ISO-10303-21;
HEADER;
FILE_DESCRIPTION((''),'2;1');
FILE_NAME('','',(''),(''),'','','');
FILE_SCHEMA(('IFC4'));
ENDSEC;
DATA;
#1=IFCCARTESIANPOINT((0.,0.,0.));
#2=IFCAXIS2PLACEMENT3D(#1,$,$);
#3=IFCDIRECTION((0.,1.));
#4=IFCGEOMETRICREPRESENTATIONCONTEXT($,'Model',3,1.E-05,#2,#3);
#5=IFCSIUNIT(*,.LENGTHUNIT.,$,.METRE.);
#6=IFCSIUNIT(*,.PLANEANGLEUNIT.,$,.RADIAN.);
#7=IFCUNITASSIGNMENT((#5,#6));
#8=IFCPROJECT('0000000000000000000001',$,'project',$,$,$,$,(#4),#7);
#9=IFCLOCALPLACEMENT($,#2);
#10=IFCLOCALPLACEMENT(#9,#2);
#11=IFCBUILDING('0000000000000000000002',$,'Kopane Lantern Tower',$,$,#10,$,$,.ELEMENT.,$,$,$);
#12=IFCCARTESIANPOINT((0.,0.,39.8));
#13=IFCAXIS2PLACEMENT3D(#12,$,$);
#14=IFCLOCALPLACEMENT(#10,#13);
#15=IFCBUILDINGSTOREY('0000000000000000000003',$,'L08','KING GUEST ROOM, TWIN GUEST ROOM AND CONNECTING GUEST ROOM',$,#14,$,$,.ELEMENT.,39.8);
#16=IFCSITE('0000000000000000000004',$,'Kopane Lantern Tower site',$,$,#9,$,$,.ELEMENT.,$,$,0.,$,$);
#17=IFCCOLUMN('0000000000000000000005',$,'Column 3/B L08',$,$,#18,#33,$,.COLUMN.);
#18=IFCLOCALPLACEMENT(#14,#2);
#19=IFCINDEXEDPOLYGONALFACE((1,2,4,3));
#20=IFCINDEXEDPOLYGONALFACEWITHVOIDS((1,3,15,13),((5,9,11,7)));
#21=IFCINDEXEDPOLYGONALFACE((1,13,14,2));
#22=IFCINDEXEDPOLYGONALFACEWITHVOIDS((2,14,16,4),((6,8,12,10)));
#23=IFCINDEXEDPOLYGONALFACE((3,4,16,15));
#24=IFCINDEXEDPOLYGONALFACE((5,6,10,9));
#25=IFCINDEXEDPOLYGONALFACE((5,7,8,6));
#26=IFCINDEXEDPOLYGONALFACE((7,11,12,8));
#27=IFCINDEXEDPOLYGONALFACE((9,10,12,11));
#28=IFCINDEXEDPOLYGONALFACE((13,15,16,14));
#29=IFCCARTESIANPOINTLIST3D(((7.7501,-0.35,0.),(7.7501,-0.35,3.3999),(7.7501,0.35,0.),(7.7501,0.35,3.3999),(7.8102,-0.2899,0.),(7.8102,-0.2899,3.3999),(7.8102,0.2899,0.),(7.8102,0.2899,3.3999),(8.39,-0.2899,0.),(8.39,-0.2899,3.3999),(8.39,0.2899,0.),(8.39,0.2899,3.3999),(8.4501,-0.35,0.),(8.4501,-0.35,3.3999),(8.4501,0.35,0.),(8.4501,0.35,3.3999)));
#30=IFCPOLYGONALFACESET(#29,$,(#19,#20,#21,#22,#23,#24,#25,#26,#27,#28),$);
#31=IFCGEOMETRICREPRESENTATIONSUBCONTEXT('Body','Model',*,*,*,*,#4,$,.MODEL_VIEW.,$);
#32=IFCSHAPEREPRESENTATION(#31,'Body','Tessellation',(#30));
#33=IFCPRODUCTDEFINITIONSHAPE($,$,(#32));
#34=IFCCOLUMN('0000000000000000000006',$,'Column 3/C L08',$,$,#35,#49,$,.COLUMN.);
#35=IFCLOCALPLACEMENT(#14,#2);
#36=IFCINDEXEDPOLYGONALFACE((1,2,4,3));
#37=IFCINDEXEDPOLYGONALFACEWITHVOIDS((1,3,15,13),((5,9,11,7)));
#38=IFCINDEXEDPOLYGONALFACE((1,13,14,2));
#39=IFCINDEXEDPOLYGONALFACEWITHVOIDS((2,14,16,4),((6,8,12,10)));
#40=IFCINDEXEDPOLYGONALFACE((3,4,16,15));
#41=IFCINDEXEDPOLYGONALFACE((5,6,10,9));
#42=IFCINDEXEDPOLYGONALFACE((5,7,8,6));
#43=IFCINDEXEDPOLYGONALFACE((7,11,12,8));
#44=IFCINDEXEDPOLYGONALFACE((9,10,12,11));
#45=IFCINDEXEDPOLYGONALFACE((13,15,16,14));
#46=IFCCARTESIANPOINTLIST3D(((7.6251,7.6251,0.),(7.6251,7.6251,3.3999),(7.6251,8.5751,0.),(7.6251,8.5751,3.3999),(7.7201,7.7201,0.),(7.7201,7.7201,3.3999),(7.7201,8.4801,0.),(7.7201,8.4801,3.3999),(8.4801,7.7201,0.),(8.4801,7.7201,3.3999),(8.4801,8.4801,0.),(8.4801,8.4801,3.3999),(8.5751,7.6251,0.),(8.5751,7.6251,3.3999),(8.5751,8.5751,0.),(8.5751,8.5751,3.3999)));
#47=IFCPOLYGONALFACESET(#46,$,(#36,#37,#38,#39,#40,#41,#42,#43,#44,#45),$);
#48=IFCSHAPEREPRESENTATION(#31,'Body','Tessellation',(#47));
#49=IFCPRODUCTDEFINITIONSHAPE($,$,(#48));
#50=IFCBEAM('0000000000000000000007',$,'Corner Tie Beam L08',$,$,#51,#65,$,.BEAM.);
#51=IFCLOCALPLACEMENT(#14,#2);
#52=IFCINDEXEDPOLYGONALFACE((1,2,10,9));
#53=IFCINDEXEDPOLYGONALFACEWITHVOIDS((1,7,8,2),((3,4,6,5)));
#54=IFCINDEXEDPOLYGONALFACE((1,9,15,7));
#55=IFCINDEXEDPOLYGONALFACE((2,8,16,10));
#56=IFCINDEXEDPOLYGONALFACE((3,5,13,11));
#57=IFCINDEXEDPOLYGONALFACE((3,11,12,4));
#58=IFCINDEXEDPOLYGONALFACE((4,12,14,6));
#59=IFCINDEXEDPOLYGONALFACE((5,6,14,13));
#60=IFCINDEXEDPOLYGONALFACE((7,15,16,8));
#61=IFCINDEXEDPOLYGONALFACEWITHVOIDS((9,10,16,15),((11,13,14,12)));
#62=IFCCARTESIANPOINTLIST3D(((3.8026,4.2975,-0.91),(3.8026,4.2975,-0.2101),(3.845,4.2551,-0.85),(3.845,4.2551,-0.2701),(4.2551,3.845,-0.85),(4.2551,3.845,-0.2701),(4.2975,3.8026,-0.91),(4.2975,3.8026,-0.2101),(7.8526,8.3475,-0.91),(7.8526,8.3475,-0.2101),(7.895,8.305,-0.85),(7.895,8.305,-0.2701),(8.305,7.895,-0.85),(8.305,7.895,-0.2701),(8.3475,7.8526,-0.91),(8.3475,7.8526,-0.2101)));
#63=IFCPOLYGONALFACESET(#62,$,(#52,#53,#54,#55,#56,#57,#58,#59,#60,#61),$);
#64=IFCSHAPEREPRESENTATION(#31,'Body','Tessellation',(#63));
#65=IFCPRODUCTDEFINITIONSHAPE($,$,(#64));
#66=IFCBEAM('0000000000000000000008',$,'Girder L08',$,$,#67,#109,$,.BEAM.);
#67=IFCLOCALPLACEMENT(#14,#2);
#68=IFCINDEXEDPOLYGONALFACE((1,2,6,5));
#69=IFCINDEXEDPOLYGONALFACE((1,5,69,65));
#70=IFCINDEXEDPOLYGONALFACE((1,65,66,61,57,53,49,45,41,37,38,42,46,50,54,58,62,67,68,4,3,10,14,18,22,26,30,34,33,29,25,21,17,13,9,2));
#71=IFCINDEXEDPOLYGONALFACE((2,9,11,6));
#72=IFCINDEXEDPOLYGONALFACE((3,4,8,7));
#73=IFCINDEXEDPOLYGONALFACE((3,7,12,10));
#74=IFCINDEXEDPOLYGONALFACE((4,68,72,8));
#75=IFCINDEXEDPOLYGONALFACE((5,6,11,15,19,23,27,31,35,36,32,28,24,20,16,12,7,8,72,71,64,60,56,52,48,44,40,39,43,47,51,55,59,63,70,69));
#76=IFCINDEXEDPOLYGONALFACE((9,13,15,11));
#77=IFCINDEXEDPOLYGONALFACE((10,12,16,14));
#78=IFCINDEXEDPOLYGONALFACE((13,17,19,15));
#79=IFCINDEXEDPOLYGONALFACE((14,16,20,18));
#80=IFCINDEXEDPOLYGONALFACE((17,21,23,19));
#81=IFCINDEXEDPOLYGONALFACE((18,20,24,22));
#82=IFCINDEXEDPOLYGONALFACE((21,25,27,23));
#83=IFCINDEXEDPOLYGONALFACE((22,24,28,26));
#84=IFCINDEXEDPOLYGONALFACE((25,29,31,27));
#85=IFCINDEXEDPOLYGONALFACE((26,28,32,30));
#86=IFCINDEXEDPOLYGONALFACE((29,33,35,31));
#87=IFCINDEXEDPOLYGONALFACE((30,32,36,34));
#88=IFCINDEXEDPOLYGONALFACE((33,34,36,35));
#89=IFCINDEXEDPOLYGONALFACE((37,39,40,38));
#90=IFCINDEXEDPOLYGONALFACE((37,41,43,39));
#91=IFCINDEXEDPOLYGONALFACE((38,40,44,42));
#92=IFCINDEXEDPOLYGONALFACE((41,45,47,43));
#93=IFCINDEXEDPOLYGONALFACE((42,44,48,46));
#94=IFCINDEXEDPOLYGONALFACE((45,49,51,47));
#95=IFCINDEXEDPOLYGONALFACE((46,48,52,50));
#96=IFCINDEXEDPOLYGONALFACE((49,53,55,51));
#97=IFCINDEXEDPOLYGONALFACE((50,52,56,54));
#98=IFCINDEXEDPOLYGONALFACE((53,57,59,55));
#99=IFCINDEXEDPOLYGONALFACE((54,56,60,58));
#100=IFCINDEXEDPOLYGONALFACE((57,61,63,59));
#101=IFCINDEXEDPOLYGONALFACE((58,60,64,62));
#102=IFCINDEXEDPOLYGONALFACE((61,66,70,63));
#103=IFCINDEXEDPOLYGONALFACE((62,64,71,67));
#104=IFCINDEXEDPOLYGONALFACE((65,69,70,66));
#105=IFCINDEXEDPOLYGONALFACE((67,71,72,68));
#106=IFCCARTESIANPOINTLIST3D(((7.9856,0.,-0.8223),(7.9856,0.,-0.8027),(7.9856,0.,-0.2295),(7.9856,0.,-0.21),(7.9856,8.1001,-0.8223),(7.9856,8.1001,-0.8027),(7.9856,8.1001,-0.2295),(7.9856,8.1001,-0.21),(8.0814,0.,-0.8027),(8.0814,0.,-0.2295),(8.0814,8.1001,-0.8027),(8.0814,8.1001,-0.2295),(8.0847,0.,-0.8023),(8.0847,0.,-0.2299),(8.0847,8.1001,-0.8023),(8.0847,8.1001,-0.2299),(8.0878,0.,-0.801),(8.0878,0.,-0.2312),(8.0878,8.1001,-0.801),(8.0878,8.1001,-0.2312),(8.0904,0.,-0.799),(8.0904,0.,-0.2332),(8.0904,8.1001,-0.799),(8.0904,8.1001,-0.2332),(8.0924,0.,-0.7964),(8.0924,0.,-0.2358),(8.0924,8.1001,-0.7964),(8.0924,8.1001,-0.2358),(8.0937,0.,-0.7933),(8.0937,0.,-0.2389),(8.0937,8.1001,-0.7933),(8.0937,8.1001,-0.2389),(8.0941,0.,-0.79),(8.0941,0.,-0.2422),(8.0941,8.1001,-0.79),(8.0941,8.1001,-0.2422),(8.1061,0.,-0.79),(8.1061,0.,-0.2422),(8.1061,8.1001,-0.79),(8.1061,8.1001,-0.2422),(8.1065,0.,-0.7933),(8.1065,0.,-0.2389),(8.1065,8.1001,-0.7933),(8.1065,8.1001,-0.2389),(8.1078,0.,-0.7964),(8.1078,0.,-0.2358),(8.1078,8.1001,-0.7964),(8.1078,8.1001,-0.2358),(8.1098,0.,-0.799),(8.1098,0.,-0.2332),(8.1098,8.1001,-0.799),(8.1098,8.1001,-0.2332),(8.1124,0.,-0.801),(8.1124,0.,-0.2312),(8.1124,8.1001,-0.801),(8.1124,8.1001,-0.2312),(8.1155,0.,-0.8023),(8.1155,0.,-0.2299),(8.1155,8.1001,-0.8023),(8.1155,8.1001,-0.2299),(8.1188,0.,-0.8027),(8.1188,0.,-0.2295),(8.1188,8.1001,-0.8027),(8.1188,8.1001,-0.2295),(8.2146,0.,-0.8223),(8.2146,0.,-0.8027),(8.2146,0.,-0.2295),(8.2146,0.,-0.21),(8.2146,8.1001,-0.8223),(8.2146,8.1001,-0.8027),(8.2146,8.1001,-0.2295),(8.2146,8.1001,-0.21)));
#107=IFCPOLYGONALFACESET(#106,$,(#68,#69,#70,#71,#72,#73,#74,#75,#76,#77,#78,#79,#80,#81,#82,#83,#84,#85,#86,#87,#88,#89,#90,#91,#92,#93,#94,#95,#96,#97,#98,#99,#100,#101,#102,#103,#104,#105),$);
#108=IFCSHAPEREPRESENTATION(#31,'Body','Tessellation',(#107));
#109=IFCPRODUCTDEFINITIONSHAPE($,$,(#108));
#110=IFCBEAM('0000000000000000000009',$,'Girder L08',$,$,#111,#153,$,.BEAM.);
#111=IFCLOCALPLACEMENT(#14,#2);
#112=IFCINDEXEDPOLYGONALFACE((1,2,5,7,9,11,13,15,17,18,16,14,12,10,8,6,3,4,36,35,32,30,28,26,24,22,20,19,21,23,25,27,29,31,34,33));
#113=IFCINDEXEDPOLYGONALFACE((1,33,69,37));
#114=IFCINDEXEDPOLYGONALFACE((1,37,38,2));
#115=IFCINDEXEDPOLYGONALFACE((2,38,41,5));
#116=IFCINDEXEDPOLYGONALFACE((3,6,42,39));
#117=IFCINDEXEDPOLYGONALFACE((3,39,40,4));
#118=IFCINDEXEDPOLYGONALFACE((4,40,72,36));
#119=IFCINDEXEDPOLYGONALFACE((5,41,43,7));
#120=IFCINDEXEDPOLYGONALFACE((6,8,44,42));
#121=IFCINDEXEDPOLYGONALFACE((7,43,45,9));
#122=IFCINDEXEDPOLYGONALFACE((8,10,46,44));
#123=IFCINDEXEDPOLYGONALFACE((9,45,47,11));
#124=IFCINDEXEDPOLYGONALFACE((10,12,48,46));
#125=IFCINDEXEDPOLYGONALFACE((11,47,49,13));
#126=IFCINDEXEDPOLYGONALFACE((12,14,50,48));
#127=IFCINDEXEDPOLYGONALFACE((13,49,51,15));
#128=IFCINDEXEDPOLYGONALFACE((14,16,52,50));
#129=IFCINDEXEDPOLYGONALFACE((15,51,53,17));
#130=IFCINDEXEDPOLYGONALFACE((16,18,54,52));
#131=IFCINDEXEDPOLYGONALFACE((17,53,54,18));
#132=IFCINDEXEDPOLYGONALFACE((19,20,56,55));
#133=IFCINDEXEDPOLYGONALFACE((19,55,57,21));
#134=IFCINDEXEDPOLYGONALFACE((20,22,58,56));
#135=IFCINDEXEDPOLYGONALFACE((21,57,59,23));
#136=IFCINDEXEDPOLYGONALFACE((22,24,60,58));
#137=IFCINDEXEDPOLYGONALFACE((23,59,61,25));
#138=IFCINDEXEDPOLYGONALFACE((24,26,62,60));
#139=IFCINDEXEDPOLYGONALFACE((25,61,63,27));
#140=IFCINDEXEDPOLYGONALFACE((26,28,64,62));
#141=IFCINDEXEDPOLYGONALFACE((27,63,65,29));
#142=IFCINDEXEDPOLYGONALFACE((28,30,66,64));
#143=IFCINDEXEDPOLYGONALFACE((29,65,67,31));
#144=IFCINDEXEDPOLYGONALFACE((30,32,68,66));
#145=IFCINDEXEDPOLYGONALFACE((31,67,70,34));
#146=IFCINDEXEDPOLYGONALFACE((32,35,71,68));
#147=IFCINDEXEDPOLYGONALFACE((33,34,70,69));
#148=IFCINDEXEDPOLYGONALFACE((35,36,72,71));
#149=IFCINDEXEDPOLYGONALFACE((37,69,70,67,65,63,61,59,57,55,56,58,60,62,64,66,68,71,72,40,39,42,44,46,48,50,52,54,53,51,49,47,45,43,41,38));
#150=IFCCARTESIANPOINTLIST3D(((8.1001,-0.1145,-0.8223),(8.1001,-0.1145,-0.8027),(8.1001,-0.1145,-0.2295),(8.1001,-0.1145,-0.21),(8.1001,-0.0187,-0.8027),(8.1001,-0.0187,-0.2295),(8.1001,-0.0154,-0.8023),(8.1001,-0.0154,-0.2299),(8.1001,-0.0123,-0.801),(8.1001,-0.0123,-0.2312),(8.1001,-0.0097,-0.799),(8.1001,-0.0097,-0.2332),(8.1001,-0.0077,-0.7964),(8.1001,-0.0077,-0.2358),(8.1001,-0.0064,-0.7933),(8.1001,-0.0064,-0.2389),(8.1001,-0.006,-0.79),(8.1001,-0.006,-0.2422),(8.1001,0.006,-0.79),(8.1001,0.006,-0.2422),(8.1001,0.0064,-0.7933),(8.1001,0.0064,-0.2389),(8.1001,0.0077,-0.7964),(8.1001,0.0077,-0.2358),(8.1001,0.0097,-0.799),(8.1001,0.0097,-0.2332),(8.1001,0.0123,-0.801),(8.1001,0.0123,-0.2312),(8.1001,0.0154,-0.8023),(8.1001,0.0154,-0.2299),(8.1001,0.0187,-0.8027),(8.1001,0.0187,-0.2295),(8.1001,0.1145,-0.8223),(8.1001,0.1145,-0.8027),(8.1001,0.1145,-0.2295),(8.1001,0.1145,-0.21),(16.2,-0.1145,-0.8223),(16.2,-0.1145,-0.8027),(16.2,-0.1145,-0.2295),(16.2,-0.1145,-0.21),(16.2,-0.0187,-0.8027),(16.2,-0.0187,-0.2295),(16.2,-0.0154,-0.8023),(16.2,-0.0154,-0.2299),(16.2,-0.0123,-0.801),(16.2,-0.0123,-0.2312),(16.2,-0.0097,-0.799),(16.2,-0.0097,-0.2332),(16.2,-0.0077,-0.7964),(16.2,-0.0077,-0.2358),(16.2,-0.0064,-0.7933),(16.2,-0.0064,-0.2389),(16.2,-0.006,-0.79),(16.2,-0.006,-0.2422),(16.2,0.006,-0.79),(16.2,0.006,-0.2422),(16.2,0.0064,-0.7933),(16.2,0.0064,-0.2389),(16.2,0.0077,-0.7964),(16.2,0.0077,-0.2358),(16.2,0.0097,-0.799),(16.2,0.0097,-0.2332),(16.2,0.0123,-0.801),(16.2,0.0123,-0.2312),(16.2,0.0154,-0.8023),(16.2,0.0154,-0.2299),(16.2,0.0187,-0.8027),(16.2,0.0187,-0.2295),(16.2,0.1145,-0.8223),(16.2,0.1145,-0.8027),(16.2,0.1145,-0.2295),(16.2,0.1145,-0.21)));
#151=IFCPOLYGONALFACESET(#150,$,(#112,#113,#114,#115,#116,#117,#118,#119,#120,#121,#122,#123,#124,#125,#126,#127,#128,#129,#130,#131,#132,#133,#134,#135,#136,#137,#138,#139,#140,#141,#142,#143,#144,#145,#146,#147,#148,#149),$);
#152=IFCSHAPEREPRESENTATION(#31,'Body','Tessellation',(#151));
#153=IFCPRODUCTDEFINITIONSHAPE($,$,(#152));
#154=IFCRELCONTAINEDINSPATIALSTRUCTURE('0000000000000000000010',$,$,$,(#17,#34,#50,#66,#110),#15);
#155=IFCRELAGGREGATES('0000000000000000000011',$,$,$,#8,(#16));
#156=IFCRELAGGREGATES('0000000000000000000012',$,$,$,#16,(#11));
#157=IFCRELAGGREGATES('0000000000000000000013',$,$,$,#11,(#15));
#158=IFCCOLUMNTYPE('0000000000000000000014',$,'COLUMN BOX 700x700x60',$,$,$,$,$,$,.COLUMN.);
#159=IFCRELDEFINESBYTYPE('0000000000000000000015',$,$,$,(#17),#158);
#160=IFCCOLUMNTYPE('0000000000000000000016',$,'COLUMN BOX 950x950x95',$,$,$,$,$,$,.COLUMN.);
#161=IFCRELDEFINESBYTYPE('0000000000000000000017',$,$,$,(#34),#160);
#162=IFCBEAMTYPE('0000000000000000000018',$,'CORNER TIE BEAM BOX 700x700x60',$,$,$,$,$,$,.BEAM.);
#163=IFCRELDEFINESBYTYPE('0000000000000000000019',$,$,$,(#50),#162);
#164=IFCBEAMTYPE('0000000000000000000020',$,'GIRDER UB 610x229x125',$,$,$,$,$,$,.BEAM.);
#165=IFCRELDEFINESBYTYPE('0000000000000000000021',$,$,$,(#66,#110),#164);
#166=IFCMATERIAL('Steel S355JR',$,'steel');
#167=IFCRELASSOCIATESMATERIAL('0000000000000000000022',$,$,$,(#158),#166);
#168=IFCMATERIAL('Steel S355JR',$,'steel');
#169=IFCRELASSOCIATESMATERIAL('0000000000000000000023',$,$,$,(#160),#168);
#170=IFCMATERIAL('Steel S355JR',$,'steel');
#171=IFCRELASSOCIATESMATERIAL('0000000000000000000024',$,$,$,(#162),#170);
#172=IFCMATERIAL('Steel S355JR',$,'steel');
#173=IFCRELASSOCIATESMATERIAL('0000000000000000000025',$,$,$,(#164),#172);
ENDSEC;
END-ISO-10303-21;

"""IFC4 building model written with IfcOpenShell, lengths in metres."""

from ifc_helpers import new_model, si_unit, direction, frame, origin, origin_2d, place, context, subcontext, project, spatial, hollow_rectangle, i_section, extrude, material, material_profile, profile_set, type_object, element, save


model = new_model("IFC4")

# Units and contexts
model_context = context("Model", 3, precision=1e-05, world=origin(), true_north=direction((0.0, 1.0)))
body_context = subcontext(model_context, "Body", "Model", "MODEL_VIEW")
ifc_project = project(units=[si_unit("LENGTHUNIT", "METRE"), si_unit("PLANEANGLEUNIT", "RADIAN")], contexts=[model_context])

# Site, building, storey
site_placement = place(None, origin())
site = spatial("IfcSite", under=ifc_project, at=site_placement, Name="Kopane Lantern Tower site", CompositionType="ELEMENT", RefElevation=0.0)
building_placement = place(site_placement, origin())
building = spatial("IfcBuilding", under=site, at=building_placement, Name="Kopane Lantern Tower", CompositionType="ELEMENT")
storey_placement = place(building_placement, frame((0.0, 0.0, 39.8)))
storey = spatial("IfcBuildingStorey", under=building, at=storey_placement, Name="L08", Description="KING GUEST ROOM, TWIN GUEST ROOM AND CONNECTING GUEST ROOM", CompositionType="ELEMENT", Elevation=39.8)

# Columns
ifc_material_1 = material(Name="Steel S355JR", Category="steel")
ifc_material_profile_1 = material_profile(ifc_material_1, hollow_rectangle(XDim=0.7, YDim=0.7, WallThickness=0.0601, at=origin_2d()), Name="BOX 700x700x60")
ifc_profile_set_1 = profile_set([ifc_material_profile_1], Name="Steel S355JR")
column_type_1 = type_object("IfcColumnType", Name="COLUMN BOX 700x700x60", PredefinedType="COLUMN", material=ifc_profile_set_1)
column_1_placement = place(storey_placement, frame((8.1001, 0.0, 0.0), z_axis=(0.0, 0.0, 1.0), x_axis=(1.0, 0.0, 0.0)))
element("IfcColumn", 1, at=column_1_placement, inside=storey, type_object=column_type_1, Name="Column 3/B L08", PredefinedType="COLUMN", context=body_context, shape_type="SweptSolid", body=[
    extrude(hollow_rectangle(XDim=0.7, YDim=0.7, WallThickness=0.0601, at=origin_2d()), origin(), (0.0, 0.0, 1.0), 3.3999),
])
ifc_material_2 = material(Name="Steel S355JR", Category="steel")
ifc_material_profile_2 = material_profile(ifc_material_2, hollow_rectangle(XDim=0.95, YDim=0.95, WallThickness=0.095, at=origin_2d()), Name="BOX 950x950x95")
ifc_profile_set_2 = profile_set([ifc_material_profile_2], Name="Steel S355JR")
column_type_2 = type_object("IfcColumnType", Name="COLUMN BOX 950x950x95", PredefinedType="COLUMN", material=ifc_profile_set_2)
column_2_placement = place(storey_placement, frame((8.1001, 8.1001, 0.0), z_axis=(0.0, 0.0, 1.0), x_axis=(1.0, 0.0, 0.0)))
element("IfcColumn", 2, at=column_2_placement, inside=storey, type_object=column_type_2, Name="Column 3/C L08", PredefinedType="COLUMN", context=body_context, shape_type="SweptSolid", body=[
    extrude(hollow_rectangle(XDim=0.95, YDim=0.95, WallThickness=0.095, at=origin_2d()), origin(), (0.0, 0.0, 1.0), 3.3999),
])

# Beams
ifc_material_3 = material(Name="Steel S355JR", Category="steel")
ifc_material_profile_3 = material_profile(ifc_material_3, hollow_rectangle(XDim=0.7, YDim=0.7, WallThickness=0.0601, at=origin_2d()), Name="BOX 700x700x60")
ifc_profile_set_3 = profile_set([ifc_material_profile_3], Name="Steel S355JR")
beam_type_1 = type_object("IfcBeamType", Name="CORNER TIE BEAM BOX 700x700x60", PredefinedType="BEAM", material=ifc_profile_set_3)
beam_1_placement = place(storey_placement, frame((4.05, 4.05, -0.5601), z_axis=(0.707107, 0.707107, 0.0), x_axis=(-0.707107, 0.707107, 0.0)))
element("IfcBeam", 3, at=beam_1_placement, inside=storey, type_object=beam_type_1, Name="Corner Tie Beam L08", PredefinedType="BEAM", context=body_context, shape_type="SweptSolid", body=[
    extrude(hollow_rectangle(XDim=0.7, YDim=0.7, WallThickness=0.0601, at=origin_2d()), origin(), (0.0, 0.0, 1.0), 5.7275),
])
ifc_material_4 = material(Name="Steel S355JR", Category="steel")
ifc_material_profile_4 = material_profile(ifc_material_4, i_section(OverallWidth=0.229, OverallDepth=0.6123, WebThickness=0.012, FlangeThickness=0.0195, FilletRadius=0.0127, at=origin_2d()), Name="UB 610x229x125")
ifc_profile_set_4 = profile_set([ifc_material_profile_4], Name="Steel S355JR")
beam_type_2 = type_object("IfcBeamType", Name="GIRDER UB 610x229x125", PredefinedType="BEAM", material=ifc_profile_set_4)
beam_2_placement = place(storey_placement, frame((8.1001, 0.0, -0.5161), z_axis=(0.0, 1.0, 0.0), x_axis=(-1.0, 0.0, 0.0)))
element("IfcBeam", 4, at=beam_2_placement, inside=storey, type_object=beam_type_2, Name="Girder L08", PredefinedType="BEAM", context=body_context, shape_type="SweptSolid", body=[
    extrude(i_section(OverallWidth=0.229, OverallDepth=0.6123, WebThickness=0.012, FlangeThickness=0.0195, FilletRadius=0.0127, at=origin_2d()), origin(), (0.0, 0.0, 1.0), 8.1001),
])
for number, where, z_axis, x_axis, name in (
    (5, (8.1001, 0.0, -0.5161), (1.0, 0.0, 0.0), (0.0, 1.0, 0.0), "Girder L08"),
):
    element("IfcBeam", number, at=place(storey_placement, frame(where, z_axis=z_axis, x_axis=x_axis)), inside=storey, type_object=beam_type_2, Name=name, PredefinedType="BEAM", context=body_context, shape_type="SweptSolid", body=[
        extrude(i_section(OverallWidth=0.229, OverallDepth=0.6123, WebThickness=0.012, FlangeThickness=0.0195, FilletRadius=0.0127, at=origin_2d()), origin(), (0.0, 0.0, 1.0), 8.0999),
    ])

save(model, "model.ifc")
